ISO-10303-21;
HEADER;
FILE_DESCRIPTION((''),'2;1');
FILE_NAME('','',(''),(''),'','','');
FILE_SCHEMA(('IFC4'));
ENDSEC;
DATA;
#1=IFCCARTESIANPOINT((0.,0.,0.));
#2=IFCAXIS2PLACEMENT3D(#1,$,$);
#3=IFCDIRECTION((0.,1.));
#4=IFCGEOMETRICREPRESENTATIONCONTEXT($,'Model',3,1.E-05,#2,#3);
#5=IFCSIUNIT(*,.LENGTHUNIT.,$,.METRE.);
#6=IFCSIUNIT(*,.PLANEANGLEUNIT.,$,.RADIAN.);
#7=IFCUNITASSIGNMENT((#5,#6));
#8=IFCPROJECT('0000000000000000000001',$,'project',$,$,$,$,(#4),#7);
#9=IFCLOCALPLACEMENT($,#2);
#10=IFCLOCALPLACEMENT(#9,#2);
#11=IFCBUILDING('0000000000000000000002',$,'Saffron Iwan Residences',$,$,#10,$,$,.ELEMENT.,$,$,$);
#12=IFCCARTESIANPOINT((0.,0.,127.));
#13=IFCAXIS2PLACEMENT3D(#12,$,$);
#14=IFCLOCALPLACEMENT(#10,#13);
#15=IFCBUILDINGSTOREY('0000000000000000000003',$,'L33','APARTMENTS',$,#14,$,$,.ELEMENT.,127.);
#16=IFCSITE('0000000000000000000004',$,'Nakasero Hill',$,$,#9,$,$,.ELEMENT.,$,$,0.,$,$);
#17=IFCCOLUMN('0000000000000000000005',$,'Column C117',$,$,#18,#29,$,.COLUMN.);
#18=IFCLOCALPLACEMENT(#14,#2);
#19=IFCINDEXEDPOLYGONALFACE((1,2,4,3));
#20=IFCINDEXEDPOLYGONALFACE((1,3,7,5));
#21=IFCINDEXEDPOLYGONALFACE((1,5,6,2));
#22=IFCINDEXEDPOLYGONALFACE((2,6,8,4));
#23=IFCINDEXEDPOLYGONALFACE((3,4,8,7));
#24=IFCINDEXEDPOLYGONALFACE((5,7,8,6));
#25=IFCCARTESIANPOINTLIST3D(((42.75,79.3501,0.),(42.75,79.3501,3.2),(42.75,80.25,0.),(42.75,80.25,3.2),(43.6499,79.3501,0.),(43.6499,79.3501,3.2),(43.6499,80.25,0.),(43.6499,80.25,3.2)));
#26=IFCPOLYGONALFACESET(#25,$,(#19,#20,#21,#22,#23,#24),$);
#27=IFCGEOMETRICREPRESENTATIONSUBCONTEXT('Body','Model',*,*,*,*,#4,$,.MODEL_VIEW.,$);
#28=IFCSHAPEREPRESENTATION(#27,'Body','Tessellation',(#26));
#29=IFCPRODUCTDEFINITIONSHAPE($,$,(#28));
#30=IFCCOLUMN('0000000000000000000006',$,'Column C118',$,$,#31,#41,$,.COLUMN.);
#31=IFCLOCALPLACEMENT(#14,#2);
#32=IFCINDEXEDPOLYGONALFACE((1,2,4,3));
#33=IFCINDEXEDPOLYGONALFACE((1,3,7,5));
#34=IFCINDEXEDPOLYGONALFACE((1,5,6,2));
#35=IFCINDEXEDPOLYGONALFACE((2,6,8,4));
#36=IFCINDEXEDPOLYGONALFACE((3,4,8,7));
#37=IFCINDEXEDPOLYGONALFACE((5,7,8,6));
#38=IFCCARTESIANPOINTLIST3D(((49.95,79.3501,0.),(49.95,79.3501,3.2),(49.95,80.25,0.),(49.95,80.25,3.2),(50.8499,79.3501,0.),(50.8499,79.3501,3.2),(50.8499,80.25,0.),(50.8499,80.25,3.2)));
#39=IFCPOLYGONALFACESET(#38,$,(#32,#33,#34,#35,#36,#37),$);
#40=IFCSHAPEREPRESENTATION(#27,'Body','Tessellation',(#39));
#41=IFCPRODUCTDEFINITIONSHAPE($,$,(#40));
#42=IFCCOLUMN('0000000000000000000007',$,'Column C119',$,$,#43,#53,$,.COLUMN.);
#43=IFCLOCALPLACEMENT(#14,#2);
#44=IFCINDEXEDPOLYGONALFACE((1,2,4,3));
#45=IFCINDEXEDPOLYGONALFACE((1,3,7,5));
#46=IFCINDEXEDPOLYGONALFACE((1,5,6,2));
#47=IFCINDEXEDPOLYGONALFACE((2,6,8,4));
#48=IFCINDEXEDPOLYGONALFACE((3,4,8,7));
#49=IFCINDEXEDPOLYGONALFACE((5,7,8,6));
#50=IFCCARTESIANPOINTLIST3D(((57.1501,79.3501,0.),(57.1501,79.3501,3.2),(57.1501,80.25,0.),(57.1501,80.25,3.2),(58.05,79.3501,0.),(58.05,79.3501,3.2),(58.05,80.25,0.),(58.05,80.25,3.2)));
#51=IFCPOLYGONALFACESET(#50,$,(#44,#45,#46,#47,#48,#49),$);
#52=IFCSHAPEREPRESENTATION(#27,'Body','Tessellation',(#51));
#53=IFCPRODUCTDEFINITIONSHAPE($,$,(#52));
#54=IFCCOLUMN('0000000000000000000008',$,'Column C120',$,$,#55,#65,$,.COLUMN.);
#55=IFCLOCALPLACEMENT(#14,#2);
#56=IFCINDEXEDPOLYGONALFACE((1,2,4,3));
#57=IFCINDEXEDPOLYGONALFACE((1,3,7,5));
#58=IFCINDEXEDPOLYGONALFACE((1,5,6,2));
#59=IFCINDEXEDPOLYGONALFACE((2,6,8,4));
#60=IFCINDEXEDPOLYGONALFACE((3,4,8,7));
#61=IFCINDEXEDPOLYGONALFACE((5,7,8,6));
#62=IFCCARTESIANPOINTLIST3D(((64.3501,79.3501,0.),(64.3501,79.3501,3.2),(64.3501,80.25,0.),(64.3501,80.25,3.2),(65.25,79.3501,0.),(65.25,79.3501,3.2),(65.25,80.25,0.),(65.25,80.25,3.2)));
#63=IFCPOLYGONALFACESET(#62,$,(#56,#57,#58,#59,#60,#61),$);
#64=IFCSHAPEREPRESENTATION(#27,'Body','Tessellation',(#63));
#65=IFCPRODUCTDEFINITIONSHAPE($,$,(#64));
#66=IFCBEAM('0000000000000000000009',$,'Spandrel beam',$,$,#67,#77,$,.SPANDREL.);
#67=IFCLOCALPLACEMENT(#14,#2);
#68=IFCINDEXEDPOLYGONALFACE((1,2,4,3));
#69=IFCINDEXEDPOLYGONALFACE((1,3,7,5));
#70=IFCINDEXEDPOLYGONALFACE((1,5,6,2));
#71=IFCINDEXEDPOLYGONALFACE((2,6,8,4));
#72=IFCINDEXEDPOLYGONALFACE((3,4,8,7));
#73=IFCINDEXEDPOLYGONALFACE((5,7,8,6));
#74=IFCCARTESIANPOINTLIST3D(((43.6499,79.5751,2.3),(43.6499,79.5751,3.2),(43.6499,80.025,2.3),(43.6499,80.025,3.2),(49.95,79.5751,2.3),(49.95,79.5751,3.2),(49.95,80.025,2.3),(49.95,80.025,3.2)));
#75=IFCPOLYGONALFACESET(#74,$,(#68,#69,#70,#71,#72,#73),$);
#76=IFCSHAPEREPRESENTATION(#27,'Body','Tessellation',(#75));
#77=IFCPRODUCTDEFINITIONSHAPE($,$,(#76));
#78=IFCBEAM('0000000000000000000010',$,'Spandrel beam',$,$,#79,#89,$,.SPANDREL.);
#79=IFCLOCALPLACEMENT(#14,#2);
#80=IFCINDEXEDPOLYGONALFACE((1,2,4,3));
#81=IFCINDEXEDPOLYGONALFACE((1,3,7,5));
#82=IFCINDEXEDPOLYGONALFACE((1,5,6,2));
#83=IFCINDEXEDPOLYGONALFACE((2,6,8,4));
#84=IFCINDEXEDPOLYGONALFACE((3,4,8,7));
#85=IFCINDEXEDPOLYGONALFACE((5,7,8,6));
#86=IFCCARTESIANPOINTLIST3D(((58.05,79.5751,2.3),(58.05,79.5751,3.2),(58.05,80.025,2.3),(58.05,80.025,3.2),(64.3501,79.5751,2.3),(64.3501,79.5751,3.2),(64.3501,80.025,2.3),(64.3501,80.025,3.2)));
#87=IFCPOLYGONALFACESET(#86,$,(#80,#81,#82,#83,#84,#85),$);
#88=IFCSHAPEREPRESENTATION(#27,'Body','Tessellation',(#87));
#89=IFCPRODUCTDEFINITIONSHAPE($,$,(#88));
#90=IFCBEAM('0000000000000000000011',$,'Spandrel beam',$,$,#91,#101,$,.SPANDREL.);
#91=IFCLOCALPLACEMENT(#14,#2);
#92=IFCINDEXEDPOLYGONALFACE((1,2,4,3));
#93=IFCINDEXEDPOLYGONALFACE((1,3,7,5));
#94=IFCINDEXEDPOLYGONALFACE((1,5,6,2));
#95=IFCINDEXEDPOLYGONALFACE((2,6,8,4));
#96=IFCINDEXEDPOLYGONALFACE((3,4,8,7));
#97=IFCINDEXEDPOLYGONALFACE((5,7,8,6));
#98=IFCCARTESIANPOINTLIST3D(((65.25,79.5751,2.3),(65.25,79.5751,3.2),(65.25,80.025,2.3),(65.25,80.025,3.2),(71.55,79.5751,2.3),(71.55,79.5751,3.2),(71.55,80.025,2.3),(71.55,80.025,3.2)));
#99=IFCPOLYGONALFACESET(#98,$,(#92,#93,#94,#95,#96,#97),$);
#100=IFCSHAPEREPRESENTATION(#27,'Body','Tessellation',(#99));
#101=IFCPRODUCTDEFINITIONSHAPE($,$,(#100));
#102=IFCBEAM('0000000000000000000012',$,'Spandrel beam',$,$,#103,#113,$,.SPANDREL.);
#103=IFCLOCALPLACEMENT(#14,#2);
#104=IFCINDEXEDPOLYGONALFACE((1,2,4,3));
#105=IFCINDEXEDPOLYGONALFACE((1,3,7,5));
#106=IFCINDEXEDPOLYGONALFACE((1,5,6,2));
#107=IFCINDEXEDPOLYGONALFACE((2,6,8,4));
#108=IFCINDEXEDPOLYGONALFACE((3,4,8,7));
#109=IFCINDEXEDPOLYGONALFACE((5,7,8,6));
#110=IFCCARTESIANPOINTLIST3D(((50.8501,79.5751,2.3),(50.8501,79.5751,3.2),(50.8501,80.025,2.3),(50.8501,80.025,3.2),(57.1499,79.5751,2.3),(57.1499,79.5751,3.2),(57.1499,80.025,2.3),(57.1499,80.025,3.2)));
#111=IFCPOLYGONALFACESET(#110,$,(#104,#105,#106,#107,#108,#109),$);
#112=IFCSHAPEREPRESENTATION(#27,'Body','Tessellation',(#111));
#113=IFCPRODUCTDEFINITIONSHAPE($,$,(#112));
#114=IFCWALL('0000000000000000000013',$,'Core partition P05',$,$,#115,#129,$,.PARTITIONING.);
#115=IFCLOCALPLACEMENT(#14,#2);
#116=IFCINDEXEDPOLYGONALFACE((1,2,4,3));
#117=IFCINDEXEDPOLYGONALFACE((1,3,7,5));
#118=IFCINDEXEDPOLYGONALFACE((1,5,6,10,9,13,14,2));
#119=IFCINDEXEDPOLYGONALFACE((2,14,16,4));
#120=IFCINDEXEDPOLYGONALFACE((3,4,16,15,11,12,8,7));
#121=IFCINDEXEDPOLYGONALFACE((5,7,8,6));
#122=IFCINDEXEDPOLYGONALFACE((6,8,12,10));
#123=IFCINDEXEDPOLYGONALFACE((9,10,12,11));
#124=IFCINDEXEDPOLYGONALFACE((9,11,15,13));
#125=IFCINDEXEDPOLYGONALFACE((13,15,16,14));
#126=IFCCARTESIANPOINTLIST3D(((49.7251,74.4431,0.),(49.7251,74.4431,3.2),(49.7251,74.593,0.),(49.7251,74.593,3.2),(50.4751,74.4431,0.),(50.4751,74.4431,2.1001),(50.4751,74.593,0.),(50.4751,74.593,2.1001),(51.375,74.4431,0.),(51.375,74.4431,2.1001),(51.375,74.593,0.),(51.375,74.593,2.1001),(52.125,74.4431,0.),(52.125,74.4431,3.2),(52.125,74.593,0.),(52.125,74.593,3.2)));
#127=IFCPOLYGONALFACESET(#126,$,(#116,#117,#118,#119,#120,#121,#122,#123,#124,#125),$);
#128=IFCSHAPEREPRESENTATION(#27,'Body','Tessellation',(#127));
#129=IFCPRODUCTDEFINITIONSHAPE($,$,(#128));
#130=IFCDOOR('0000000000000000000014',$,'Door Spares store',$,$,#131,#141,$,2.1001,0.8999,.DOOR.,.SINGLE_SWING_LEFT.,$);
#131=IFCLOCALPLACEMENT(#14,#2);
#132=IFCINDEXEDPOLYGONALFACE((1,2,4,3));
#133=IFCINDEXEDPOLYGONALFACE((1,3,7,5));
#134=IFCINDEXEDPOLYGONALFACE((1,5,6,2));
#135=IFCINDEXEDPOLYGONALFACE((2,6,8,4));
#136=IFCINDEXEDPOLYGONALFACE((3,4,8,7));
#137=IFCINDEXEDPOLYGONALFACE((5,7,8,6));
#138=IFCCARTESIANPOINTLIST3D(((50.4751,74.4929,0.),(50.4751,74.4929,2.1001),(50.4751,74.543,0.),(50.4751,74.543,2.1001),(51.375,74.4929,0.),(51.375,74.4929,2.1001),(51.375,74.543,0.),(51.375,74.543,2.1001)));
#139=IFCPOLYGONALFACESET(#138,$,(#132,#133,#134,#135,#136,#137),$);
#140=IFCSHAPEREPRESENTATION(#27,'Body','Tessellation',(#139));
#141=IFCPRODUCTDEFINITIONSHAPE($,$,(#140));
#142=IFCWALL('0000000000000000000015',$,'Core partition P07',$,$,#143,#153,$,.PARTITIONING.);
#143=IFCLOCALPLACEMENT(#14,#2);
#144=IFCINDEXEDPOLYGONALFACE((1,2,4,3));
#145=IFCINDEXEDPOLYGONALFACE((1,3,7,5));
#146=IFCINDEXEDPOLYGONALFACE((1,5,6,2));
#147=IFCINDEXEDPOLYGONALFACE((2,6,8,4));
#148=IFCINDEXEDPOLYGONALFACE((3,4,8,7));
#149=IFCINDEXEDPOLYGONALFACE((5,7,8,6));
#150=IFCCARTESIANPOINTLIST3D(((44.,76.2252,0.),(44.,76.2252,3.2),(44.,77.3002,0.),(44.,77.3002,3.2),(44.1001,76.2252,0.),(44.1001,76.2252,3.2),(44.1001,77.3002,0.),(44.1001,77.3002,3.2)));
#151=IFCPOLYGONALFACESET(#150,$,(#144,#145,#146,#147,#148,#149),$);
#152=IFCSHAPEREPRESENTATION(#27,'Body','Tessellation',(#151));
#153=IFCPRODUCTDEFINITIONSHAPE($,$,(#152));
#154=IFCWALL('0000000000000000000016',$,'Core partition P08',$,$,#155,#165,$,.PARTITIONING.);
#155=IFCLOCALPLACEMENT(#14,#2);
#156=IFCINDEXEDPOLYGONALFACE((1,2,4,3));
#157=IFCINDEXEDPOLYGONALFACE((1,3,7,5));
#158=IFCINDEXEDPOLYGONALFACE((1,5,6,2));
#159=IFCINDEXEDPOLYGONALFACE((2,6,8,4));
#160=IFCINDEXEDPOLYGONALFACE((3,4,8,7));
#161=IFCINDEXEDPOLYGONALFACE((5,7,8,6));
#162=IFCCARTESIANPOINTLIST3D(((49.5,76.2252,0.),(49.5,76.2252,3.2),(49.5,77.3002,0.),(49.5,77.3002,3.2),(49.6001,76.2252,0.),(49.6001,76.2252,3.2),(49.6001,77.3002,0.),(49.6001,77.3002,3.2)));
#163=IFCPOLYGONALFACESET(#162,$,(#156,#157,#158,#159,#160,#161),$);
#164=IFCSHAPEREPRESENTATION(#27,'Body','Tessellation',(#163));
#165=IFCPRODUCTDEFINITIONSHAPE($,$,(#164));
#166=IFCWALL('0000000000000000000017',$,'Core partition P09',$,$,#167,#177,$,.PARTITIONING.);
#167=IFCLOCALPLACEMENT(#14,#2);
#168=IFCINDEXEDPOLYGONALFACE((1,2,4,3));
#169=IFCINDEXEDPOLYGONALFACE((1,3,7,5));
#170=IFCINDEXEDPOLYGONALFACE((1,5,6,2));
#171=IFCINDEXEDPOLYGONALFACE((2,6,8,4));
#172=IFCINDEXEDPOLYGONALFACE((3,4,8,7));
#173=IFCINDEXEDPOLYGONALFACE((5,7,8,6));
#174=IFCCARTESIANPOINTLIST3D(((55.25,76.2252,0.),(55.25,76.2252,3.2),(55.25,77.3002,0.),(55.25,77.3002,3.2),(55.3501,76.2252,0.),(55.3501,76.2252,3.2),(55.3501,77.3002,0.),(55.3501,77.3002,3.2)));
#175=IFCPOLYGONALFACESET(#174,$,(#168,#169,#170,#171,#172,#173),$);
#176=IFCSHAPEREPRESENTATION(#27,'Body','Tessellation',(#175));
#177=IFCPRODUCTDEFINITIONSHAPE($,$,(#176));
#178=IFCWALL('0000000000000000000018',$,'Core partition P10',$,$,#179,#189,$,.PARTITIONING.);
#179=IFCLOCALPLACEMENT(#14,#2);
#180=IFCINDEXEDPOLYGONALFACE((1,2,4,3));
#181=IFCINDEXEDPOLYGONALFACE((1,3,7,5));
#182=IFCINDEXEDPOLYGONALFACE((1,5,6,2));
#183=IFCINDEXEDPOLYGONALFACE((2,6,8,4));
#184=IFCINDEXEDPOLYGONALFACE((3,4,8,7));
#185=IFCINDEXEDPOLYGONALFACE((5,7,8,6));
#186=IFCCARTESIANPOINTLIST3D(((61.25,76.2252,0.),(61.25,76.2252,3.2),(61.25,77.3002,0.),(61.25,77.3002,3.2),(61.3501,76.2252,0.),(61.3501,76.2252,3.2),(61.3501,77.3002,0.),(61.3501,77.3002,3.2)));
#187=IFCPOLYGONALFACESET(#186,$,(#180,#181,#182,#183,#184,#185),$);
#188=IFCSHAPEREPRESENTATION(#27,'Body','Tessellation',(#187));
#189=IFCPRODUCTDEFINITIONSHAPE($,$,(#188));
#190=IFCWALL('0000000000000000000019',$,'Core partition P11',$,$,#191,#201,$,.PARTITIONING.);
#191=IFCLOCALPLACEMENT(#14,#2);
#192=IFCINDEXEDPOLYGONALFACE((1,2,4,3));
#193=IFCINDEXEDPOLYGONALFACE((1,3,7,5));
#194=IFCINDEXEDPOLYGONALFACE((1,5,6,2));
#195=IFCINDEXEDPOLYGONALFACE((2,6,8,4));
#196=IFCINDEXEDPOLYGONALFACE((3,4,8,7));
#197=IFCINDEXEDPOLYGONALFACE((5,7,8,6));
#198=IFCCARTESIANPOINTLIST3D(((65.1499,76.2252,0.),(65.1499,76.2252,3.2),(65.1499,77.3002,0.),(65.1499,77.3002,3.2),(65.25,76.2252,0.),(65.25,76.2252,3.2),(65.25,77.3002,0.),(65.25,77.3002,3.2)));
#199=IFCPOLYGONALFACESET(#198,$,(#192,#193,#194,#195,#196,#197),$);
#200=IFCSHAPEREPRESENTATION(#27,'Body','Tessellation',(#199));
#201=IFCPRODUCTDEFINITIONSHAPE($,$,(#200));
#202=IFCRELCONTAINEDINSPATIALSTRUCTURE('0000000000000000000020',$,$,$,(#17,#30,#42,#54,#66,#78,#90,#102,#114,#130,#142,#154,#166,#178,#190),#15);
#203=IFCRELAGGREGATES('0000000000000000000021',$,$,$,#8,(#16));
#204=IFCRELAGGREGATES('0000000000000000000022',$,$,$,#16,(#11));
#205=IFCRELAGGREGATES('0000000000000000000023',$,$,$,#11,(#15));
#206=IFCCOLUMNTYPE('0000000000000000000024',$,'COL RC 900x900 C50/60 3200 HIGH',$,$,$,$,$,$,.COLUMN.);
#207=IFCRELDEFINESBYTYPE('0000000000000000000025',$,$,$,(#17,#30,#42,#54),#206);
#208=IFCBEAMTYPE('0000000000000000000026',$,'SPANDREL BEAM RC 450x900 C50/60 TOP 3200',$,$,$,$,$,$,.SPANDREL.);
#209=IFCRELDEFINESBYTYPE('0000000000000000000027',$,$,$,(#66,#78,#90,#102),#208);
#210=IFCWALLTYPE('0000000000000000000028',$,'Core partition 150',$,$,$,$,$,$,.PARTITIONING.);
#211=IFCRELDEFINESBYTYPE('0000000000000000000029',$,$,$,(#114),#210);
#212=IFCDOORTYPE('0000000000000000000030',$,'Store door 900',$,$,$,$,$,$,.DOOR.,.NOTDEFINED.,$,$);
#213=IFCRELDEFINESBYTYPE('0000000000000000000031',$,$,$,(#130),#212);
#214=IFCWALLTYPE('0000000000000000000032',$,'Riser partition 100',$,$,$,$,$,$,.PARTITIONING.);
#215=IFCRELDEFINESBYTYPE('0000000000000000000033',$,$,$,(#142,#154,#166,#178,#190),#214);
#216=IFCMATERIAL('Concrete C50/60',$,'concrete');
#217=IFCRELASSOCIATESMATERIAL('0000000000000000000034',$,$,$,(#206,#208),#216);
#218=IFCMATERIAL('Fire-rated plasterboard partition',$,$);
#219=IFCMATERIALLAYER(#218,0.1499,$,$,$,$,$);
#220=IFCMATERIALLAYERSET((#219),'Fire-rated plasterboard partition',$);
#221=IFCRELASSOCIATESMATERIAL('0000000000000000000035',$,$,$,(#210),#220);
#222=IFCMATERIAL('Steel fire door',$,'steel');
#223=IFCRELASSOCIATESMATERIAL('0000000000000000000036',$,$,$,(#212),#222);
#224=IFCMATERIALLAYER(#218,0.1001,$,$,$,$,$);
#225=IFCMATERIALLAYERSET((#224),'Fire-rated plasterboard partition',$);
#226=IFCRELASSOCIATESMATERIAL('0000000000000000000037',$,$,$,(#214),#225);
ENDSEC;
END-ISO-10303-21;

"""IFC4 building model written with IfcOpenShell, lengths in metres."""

from ifc_helpers import new_model, si_unit, direction, frame, frame_2d, origin, origin_2d, place, context, subcontext, project, spatial, rectangle, extrude, source, transform, mapped, material, layer, layer_set, material_profile, profile_set, type_object, element, fill, save


model = new_model("IFC4")

# Units and contexts
model_context = context("Model", 3, precision=1e-05, world=origin(), true_north=direction((0.0, 1.0)))
body_context = subcontext(model_context, "Body", "Model", "MODEL_VIEW")
ifc_project = project(units=[si_unit("LENGTHUNIT", "METRE"), si_unit("PLANEANGLEUNIT", "RADIAN")], contexts=[model_context])

# Site, building, storey
site_placement = place(None, origin())
site = spatial("IfcSite", under=ifc_project, at=site_placement, Name="Nakasero Hill", CompositionType="ELEMENT", RefElevation=0.0)
building_placement = place(site_placement, origin())
building = spatial("IfcBuilding", under=site, at=building_placement, Name="Saffron Iwan Residences", CompositionType="ELEMENT")
storey_placement = place(building_placement, frame((0.0, 0.0, 127.0)))
storey = spatial("IfcBuildingStorey", under=building, at=storey_placement, Name="L33", Description="APARTMENTS", CompositionType="ELEMENT", Elevation=127.0)

# Columns
ifc_material_1 = material(Name="Concrete C50/60", Category="concrete")
ifc_material_profile_1 = material_profile(ifc_material_1, rectangle(XDim=0.8999, YDim=0.8999, at=origin_2d()), Name="RC 900x900")
ifc_profile_set_1 = profile_set([ifc_material_profile_1], Name="Concrete C50/60")
column_type = type_object("IfcColumnType", Name="COL RC 900x900 C50/60 3200 HIGH", PredefinedType="COLUMN", material=ifc_profile_set_1)
shared_shape_1 = source(origin(), body_context, "Body", "SweptSolid", [
    extrude(rectangle(XDim=0.8999, YDim=0.8999, at=origin_2d()), origin(), (0.0, 0.0, 1.0), 3.2),
])
for number, where, z_axis, x_axis, name in (
    (1, (43.2, 79.8, 0.0), (0.0, 0.0, 1.0), (1.0, 0.0, 0.0), "Column C117"),
    (2, (50.3999, 79.8, 0.0), (0.0, 0.0, 1.0), (1.0, 0.0, 0.0), "Column C118"),
    (3, (57.6001, 79.8, 0.0), (0.0, 0.0, 1.0), (1.0, 0.0, 0.0), "Column C119"),
    (4, (64.8, 79.8, 0.0), (0.0, 0.0, 1.0), (1.0, 0.0, 0.0), "Column C120"),
):
    element("IfcColumn", number, at=place(storey_placement, frame(where, z_axis=z_axis, x_axis=x_axis)), inside=storey, type_object=column_type, Name=name, PredefinedType="COLUMN", context=body_context, shape_type="MappedRepresentation", body=[
        mapped(shared_shape_1, transform((0.0, 0.0, 0.0))),
    ])

# Beams
ifc_material_profile_2 = material_profile(ifc_material_1, rectangle(XDim=0.45, YDim=0.8999, at=origin_2d()), Name="RC 450x900")
ifc_profile_set_2 = profile_set([ifc_material_profile_2], Name="Concrete C50/60")
beam_type = type_object("IfcBeamType", Name="SPANDREL BEAM RC 450x900 C50/60 TOP 3200", PredefinedType="SPANDREL", material=ifc_profile_set_2)
shared_shape_2 = source(origin(), body_context, "Body", "SweptSolid", [
    extrude(rectangle(XDim=0.45, YDim=0.8999, at=origin_2d()), origin(), (0.0, 0.0, 1.0), 6.3),
])
for number, where, z_axis, x_axis, name in (
    (5, (43.6499, 79.8, 2.75), (1.0, 0.0, 0.0), (0.0, 1.0, 0.0), "Spandrel beam"),
    (6, (58.05, 79.8, 2.75), (1.0, 0.0, 0.0), (0.0, 1.0, 0.0), "Spandrel beam"),
    (7, (65.25, 79.8, 2.75), (1.0, 0.0, 0.0), (0.0, 1.0, 0.0), "Spandrel beam"),
):
    element("IfcBeam", number, at=place(storey_placement, frame(where, z_axis=z_axis, x_axis=x_axis)), inside=storey, type_object=beam_type, Name=name, PredefinedType="SPANDREL", context=body_context, shape_type="MappedRepresentation", body=[
        mapped(shared_shape_2, transform((0.0, 0.0, 0.0))),
    ])
shared_shape_3 = source(origin(), body_context, "Body", "SweptSolid", [
    extrude(rectangle(XDim=0.45, YDim=0.8999, at=origin_2d()), origin(), (0.0, 0.0, 1.0), 6.2998),
])
beam_placement = place(storey_placement, frame((50.8501, 79.8, 2.75), z_axis=(1.0, 0.0, 0.0), x_axis=(0.0, 1.0, 0.0)))
element("IfcBeam", 8, at=beam_placement, inside=storey, type_object=beam_type, Name="Spandrel beam", PredefinedType="SPANDREL", context=body_context, shape_type="MappedRepresentation", body=[
    mapped(shared_shape_3, transform((0.0, 0.0, 0.0))),
])

# Wall, opening, door
ifc_material_2 = material(Name="Fire-rated plasterboard partition")
ifc_layer_1 = layer(ifc_material_2, 0.1499)
ifc_layer_set_1 = layer_set([ifc_layer_1], Name="Fire-rated plasterboard partition")
wall_type_1 = type_object("IfcWallType", Name="Core partition 150", PredefinedType="PARTITIONING", material=ifc_layer_set_1)
wall_placement = place(storey_placement, frame((49.7251, 74.5181, 0.0), z_axis=(0.0, 0.0, 1.0), x_axis=(1.0, 0.0, 0.0)))
wall = element("IfcWall", 9, at=wall_placement, inside=storey, type_object=wall_type_1, Name="Core partition P05", PredefinedType="PARTITIONING", context=body_context, shape_type="SweptSolid", body=[
    extrude(rectangle(XDim=2.3999, YDim=0.1499, at=frame_2d((1.2, 0.0))), origin(), (0.0, 0.0, 1.0), 3.2),
])
opening_placement = place(wall_placement, frame((0.75, 0.0, 0.0)))
opening = element("IfcOpeningElement", 10, at=opening_placement, cuts=wall, PredefinedType="OPENING", context=body_context, shape_type="SweptSolid", body=[
    extrude(rectangle(XDim=0.8999, YDim=2.1001, at=frame_2d((0.45, 1.05))), frame((0.0, 0.085, 0.0), z_axis=(0.0, -1.0, 0.0), x_axis=(1.0, 0.0, 0.0)), (0.0, 0.0, 1.0), 0.1699),
])
ifc_material_3 = material(Name="Steel fire door", Category="steel")
door_type = type_object("IfcDoorType", Name="Store door 900", OperationType="NOTDEFINED", PredefinedType="DOOR", material=ifc_material_3)
door_placement = place(opening_placement, origin())
door = element("IfcDoor", 11, at=door_placement, inside=storey, type_object=door_type, Name="Door Spares store", OperationType="SINGLE_SWING_LEFT", OverallHeight=2.1001, OverallWidth=0.8999, PredefinedType="DOOR", context=body_context, shape_type="SweptSolid", body=[
    extrude(rectangle(XDim=0.8999, YDim=2.1001, at=frame_2d((0.45, 1.05))), frame((0.0, 0.0249, 0.0), z_axis=(0.0, -1.0, 0.0), x_axis=(1.0, 0.0, 0.0)), (0.0, 0.0, 1.0), 0.05),
])
fill(opening, door)

# Walls
ifc_layer_2 = layer(ifc_material_2, 0.1001)
ifc_layer_set_2 = layer_set([ifc_layer_2], Name="Fire-rated plasterboard partition")
wall_type_2 = type_object("IfcWallType", Name="Riser partition 100", PredefinedType="PARTITIONING", material=ifc_layer_set_2)
for number, where, z_axis, x_axis, name in (
    (12, (44.05, 76.2251, 0.0), (0.0, 0.0, 1.0), (0.0, 1.0, 0.0), "Core partition P07"),
    (13, (49.55, 76.2251, 0.0), (0.0, 0.0, 1.0), (0.0, 1.0, 0.0), "Core partition P08"),
    (14, (55.3, 76.2251, 0.0), (0.0, 0.0, 1.0), (0.0, 1.0, 0.0), "Core partition P09"),
    (15, (61.3, 76.2251, 0.0), (0.0, 0.0, 1.0), (0.0, 1.0, 0.0), "Core partition P10"),
    (16, (65.2, 76.2251, 0.0), (0.0, 0.0, 1.0), (0.0, 1.0, 0.0), "Core partition P11"),
):
    element("IfcWall", number, at=place(storey_placement, frame(where, z_axis=z_axis, x_axis=x_axis)), inside=storey, type_object=wall_type_2, Name=name, PredefinedType="PARTITIONING", context=body_context, shape_type="SweptSolid", body=[
        extrude(rectangle(XDim=1.075, YDim=0.1001, at=frame_2d((0.5376, 0.0))), origin(), (0.0, 0.0, 1.0), 3.2),
    ])

save(model, "model.ifc")
